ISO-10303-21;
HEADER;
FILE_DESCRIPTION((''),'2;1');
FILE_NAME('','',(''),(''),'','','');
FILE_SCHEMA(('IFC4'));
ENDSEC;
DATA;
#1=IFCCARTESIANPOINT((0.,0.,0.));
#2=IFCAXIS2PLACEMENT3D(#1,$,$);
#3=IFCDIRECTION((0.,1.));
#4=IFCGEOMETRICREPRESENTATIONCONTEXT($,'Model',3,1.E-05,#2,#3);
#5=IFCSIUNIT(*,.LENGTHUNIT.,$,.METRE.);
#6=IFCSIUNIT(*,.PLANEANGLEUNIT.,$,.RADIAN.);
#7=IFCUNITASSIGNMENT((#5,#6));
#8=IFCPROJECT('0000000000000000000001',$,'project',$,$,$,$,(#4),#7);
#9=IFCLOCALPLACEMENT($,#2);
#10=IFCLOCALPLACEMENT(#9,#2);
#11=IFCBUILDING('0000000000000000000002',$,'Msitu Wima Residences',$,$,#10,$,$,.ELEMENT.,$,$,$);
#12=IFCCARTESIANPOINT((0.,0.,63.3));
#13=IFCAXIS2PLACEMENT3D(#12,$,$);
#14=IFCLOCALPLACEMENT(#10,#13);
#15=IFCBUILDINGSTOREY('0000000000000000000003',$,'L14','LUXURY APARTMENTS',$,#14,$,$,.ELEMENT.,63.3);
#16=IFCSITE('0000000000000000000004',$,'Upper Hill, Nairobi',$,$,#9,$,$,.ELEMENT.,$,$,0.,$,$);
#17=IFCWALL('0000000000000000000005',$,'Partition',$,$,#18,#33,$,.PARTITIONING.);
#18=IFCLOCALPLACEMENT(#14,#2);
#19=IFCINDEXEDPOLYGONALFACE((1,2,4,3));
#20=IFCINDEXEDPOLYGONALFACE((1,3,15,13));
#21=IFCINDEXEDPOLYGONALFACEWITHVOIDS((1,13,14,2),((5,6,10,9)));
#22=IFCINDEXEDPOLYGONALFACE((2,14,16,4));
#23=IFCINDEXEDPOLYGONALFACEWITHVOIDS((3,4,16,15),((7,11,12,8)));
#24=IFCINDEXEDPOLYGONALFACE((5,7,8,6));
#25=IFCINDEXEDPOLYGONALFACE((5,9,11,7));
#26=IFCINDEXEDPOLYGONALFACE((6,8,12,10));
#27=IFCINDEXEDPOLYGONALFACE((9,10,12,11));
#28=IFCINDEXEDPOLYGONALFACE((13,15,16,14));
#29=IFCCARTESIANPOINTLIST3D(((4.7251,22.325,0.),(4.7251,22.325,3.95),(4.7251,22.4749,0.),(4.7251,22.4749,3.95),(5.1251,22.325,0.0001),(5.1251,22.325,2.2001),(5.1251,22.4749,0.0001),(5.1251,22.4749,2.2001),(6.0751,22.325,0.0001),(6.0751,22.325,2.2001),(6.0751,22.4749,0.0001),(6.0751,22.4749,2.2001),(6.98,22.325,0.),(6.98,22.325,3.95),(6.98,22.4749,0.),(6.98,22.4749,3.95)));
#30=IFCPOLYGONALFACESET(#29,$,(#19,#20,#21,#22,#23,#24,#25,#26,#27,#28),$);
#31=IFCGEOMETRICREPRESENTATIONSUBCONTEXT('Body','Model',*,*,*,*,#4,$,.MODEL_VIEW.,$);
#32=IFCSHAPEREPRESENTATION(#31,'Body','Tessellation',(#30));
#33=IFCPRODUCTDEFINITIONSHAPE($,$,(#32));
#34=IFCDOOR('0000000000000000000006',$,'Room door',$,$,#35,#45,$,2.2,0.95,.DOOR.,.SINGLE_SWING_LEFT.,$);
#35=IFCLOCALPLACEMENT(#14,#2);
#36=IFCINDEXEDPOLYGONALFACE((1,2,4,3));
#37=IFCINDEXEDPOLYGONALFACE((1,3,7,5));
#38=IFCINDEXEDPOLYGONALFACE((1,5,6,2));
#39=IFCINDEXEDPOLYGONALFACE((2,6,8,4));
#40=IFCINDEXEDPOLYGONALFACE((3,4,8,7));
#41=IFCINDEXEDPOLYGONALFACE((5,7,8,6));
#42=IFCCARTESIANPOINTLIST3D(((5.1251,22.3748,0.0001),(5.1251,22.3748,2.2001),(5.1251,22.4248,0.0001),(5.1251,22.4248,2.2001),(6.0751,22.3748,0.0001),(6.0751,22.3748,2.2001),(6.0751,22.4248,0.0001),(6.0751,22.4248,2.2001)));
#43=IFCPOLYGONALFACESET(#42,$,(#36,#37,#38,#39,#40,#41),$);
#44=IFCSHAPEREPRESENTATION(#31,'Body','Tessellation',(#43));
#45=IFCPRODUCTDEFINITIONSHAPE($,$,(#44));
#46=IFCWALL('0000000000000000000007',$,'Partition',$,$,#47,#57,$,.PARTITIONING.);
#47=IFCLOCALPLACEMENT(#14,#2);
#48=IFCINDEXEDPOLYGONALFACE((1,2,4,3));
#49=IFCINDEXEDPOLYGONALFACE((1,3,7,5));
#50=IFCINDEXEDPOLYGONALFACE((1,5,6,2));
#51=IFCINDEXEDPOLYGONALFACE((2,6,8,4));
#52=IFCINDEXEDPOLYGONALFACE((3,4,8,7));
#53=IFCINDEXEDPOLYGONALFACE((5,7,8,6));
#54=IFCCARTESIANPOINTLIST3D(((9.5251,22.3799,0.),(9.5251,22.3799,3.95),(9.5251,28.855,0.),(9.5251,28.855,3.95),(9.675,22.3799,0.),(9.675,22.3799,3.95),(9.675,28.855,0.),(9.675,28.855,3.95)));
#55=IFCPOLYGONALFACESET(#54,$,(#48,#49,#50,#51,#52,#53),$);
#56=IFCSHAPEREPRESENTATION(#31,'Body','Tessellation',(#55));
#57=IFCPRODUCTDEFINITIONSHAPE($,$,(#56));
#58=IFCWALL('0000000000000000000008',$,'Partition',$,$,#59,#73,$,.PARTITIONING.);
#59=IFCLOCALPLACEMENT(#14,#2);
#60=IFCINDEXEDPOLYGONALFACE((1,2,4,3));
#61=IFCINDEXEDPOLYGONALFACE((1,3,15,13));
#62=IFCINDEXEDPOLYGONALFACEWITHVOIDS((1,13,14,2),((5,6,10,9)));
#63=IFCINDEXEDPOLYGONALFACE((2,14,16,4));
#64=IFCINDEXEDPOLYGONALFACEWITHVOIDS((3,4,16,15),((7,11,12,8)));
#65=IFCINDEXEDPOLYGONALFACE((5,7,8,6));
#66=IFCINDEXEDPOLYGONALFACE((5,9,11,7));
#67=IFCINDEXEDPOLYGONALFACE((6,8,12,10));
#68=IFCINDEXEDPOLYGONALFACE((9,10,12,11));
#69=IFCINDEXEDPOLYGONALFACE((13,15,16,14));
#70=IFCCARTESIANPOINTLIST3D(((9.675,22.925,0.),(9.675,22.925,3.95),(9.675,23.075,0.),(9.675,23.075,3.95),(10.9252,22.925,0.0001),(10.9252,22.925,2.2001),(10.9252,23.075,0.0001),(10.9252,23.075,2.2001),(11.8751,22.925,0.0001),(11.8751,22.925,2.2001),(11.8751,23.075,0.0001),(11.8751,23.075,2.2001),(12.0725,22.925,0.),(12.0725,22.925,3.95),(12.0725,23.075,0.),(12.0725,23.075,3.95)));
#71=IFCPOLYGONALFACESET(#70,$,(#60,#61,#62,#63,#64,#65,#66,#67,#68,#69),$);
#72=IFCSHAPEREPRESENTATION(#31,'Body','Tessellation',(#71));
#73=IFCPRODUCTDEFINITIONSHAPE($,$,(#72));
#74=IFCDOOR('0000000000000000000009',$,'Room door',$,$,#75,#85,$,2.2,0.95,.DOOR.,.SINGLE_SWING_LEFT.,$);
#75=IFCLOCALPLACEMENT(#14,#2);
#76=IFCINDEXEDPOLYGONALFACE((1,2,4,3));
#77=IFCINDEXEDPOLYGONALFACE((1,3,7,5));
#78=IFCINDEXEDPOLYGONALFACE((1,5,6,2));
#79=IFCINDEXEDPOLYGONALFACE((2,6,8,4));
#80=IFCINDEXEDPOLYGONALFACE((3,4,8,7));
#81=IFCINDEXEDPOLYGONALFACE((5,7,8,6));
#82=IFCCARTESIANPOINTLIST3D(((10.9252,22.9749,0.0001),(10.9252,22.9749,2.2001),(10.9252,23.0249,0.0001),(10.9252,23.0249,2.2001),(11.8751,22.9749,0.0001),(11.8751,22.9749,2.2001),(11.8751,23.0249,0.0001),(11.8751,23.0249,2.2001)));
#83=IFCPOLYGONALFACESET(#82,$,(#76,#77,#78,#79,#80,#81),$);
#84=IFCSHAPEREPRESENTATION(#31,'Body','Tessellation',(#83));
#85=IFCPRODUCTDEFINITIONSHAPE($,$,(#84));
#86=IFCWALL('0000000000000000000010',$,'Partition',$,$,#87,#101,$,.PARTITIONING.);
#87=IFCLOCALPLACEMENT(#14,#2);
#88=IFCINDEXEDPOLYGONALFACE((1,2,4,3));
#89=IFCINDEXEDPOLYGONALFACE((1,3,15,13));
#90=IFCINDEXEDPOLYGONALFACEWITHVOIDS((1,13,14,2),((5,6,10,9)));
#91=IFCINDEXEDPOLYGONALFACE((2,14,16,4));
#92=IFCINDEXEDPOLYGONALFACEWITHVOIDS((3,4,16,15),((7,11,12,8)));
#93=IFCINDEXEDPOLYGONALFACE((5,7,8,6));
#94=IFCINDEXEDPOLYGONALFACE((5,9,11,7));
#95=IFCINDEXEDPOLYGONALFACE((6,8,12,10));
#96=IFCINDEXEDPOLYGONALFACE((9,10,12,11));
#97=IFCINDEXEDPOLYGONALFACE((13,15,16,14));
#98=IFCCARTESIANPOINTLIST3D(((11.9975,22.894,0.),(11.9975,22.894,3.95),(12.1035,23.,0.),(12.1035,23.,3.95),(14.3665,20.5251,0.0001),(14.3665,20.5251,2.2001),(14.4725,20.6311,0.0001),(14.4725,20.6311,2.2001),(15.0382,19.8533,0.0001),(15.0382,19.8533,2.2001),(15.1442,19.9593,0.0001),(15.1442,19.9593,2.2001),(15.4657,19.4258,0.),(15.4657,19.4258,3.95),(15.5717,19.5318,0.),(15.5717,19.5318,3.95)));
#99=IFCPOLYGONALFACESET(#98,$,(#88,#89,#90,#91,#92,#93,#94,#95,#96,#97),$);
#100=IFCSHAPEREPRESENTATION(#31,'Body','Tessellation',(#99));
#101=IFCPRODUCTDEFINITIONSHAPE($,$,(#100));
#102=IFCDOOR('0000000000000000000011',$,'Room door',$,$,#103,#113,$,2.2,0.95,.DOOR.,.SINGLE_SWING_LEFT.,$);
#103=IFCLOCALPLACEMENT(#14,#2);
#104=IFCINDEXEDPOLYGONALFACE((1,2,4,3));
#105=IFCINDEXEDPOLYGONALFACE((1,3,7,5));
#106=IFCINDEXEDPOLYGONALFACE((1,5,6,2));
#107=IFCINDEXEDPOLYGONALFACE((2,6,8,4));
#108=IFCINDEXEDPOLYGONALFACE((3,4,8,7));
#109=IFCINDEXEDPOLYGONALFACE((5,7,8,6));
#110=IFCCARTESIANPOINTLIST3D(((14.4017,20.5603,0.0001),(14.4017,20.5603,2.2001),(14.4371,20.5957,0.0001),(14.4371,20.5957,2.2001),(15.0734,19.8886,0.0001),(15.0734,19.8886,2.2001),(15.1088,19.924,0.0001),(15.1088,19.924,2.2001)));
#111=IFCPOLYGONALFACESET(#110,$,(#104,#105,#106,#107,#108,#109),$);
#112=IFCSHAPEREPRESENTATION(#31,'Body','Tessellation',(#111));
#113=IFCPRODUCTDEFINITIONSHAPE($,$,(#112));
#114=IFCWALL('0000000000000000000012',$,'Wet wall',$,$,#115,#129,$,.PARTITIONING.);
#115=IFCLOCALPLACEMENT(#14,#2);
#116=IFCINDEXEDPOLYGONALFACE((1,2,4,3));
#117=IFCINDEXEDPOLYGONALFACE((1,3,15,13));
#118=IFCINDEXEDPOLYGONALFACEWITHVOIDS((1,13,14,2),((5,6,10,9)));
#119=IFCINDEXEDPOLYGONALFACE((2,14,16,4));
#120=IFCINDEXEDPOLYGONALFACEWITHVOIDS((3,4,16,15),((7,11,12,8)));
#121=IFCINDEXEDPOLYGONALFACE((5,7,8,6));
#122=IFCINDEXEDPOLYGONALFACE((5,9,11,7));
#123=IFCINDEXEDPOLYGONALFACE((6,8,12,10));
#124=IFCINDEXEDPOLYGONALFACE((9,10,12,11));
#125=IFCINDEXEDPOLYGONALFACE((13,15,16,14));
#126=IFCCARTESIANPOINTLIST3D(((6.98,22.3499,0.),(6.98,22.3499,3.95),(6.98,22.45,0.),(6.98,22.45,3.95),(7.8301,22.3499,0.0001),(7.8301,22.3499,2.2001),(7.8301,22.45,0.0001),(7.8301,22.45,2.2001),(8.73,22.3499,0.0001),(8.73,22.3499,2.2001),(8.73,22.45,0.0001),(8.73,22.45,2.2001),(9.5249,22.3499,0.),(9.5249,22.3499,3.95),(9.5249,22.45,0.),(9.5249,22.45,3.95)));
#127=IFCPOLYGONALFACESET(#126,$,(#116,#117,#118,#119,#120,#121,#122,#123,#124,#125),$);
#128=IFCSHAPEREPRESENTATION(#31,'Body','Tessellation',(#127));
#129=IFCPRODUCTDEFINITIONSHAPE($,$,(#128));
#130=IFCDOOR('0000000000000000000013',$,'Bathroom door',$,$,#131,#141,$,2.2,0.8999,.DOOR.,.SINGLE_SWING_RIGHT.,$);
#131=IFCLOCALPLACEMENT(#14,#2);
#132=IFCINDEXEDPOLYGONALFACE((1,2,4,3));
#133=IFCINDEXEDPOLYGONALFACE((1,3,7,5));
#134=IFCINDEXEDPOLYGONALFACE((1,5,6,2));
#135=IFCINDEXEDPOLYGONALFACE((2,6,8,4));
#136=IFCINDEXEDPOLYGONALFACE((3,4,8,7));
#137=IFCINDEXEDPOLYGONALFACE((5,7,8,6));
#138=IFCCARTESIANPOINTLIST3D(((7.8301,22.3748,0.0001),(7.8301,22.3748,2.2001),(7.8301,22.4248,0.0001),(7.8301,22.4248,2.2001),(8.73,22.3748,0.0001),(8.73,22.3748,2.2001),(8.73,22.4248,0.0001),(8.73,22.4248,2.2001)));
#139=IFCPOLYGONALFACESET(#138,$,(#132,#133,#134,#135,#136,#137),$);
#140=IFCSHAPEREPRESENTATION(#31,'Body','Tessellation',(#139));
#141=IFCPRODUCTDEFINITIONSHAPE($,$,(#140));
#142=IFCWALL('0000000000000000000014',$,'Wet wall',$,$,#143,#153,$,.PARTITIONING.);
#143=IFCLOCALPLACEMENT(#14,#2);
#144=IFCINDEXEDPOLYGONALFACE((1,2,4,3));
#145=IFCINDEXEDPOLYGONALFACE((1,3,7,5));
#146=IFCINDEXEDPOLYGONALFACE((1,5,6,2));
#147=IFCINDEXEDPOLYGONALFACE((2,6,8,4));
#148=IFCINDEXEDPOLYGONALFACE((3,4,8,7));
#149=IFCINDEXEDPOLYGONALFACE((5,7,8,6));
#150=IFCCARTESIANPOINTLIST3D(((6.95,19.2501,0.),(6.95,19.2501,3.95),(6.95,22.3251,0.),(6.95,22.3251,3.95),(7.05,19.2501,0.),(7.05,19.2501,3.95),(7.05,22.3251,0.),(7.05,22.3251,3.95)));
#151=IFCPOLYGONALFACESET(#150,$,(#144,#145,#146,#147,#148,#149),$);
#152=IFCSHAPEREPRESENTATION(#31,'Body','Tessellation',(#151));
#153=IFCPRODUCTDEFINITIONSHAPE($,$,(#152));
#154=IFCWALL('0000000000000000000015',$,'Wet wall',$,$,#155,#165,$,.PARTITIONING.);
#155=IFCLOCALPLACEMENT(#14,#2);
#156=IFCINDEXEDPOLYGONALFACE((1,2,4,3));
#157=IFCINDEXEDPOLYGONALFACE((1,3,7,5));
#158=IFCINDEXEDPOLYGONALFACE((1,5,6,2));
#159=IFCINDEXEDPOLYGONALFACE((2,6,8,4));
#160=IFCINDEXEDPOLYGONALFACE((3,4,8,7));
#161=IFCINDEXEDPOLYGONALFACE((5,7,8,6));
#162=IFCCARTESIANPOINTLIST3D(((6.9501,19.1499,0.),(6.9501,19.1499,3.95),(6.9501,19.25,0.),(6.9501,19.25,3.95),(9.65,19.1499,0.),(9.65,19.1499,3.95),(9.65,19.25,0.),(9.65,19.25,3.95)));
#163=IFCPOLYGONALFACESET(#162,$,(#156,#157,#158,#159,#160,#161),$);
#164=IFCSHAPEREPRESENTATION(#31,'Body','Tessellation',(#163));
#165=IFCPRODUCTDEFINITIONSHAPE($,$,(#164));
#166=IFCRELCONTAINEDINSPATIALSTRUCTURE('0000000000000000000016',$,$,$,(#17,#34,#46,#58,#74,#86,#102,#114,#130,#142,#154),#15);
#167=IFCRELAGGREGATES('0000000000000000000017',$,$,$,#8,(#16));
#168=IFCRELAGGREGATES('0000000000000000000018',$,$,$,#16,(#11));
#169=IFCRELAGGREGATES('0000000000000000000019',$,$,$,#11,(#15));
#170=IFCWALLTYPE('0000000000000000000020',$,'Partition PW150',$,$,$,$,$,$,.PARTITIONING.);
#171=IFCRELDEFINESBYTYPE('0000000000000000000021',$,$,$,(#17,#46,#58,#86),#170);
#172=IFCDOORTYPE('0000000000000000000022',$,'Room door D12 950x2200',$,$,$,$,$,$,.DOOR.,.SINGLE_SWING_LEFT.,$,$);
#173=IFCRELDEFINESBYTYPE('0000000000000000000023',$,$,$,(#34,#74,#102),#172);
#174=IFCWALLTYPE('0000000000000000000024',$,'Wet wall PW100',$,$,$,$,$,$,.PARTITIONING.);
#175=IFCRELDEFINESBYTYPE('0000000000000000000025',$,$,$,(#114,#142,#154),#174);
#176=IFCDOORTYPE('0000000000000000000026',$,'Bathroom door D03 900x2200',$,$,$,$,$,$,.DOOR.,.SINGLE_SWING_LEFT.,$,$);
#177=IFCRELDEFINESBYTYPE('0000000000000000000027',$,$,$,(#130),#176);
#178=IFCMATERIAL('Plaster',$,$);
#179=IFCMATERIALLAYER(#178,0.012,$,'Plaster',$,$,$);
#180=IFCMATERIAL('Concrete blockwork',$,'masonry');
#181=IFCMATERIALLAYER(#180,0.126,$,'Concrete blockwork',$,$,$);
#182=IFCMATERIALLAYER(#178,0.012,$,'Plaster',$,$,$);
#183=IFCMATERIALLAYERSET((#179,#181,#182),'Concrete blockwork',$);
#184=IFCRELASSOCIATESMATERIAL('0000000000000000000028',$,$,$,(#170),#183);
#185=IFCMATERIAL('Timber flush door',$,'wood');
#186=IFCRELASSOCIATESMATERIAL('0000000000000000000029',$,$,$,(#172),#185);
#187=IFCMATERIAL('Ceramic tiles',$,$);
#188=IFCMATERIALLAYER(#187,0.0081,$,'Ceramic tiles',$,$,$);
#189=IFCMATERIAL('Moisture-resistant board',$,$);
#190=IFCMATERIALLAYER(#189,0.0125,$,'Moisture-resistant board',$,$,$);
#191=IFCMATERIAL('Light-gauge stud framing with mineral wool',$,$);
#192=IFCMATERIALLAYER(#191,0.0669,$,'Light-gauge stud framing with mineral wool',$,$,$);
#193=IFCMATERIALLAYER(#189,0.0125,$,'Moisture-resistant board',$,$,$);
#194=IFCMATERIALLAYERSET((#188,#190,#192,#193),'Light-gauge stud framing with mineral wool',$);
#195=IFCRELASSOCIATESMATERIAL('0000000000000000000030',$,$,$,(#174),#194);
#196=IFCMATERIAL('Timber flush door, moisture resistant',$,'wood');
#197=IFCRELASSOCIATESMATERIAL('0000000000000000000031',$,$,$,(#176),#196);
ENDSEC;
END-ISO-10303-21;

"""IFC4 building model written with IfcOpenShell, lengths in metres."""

from ifc_helpers import new_model, si_unit, direction, frame, frame_2d, origin, place, context, subcontext, project, spatial, rectangle, extrude, material, layer, layer_set, type_object, element, fill, save


model = new_model("IFC4")

# Units and contexts
model_context = context("Model", 3, precision=1e-05, world=origin(), true_north=direction((0.0, 1.0)))
body_context = subcontext(model_context, "Body", "Model", "MODEL_VIEW")
ifc_project = project(units=[si_unit("LENGTHUNIT", "METRE"), si_unit("PLANEANGLEUNIT", "RADIAN")], contexts=[model_context])

# Site, building, storey
site_placement = place(None, origin())
site = spatial("IfcSite", under=ifc_project, at=site_placement, Name="Upper Hill, Nairobi", CompositionType="ELEMENT", RefElevation=0.0)
building_placement = place(site_placement, origin())
building = spatial("IfcBuilding", under=site, at=building_placement, Name="Msitu Wima Residences", CompositionType="ELEMENT")
storey_placement = place(building_placement, frame((0.0, 0.0, 63.3)))
storey = spatial("IfcBuildingStorey", under=building, at=storey_placement, Name="L14", Description="LUXURY APARTMENTS", CompositionType="ELEMENT", Elevation=63.3)

# Shared definitions
ifc_material_1 = material(Name="Plaster")
ifc_layer_1 = layer(ifc_material_1, 0.012, Name="Plaster")
ifc_material_2 = material(Name="Concrete blockwork", Category="masonry")
ifc_layer_2 = layer(ifc_material_2, 0.126, Name="Concrete blockwork")
ifc_layer_3 = layer(ifc_material_1, 0.012, Name="Plaster")
ifc_layer_set_1 = layer_set([ifc_layer_1, ifc_layer_2, ifc_layer_3], Name="Concrete blockwork")
wall_type_1 = type_object("IfcWallType", Name="Partition PW150", PredefinedType="PARTITIONING", material=ifc_layer_set_1)

# Wall, opening, door
wall_1_placement = place(storey_placement, frame((4.7251, 22.3999, 0.0), z_axis=(0.0, 0.0, 1.0), x_axis=(1.0, 0.0, 0.0)))
wall_1 = element("IfcWall", 1, at=wall_1_placement, inside=storey, type_object=wall_type_1, Name="Partition", PredefinedType="PARTITIONING", context=body_context, shape_type="SweptSolid", body=[
    extrude(rectangle(XDim=2.2549, YDim=0.1499, at=frame_2d((1.1274, 0.0))), origin(), (0.0, 0.0, 1.0), 3.95),
])
opening_1_placement = place(wall_1_placement, frame((0.3999, 0.0, 0.0)))
opening_1 = element("IfcOpeningElement", 2, at=opening_1_placement, cuts=wall_1, PredefinedType="OPENING", context=body_context, shape_type="SweptSolid", body=[
    extrude(rectangle(XDim=0.95, YDim=2.2, at=frame_2d((0.4751, 1.1001))), frame((0.0, 0.085, 0.0), z_axis=(0.0, -1.0, 0.0), x_axis=(1.0, 0.0, 0.0)), (0.0, 0.0, 1.0), 0.1699),
])
ifc_material_3 = material(Name="Timber flush door", Category="wood")
door_type_1 = type_object("IfcDoorType", Name="Room door D12 950x2200", OperationType="SINGLE_SWING_LEFT", PredefinedType="DOOR", material=ifc_material_3)
door_1_placement = place(opening_1_placement, origin())
door_1 = element("IfcDoor", 3, at=door_1_placement, inside=storey, type_object=door_type_1, Name="Room door", OperationType="SINGLE_SWING_LEFT", OverallHeight=2.2, OverallWidth=0.95, PredefinedType="DOOR", context=body_context, shape_type="SweptSolid", body=[
    extrude(rectangle(XDim=0.95, YDim=2.2, at=frame_2d((0.4751, 1.1001))), frame((0.0, 0.0249, 0.0), z_axis=(0.0, -1.0, 0.0), x_axis=(1.0, 0.0, 0.0)), (0.0, 0.0, 1.0), 0.05),
])
fill(opening_1, door_1)

# Wall
wall_2_placement = place(storey_placement, frame((9.6001, 22.3799, 0.0), z_axis=(0.0, 0.0, 1.0), x_axis=(0.0, 1.0, 0.0)))
element("IfcWall", 4, at=wall_2_placement, inside=storey, type_object=wall_type_1, Name="Partition", PredefinedType="PARTITIONING", context=body_context, shape_type="SweptSolid", body=[
    extrude(rectangle(XDim=6.4751, YDim=0.1499, at=frame_2d((3.2375, 0.0))), origin(), (0.0, 0.0, 1.0), 3.95),
])

# Walls, openings, doors
wall_3_placement = place(storey_placement, frame((9.675, 23.0, 0.0), z_axis=(0.0, 0.0, 1.0), x_axis=(1.0, 0.0, 0.0)))
wall_3 = element("IfcWall", 5, at=wall_3_placement, inside=storey, type_object=wall_type_1, Name="Partition", PredefinedType="PARTITIONING", context=body_context, shape_type="SweptSolid", body=[
    extrude(rectangle(XDim=2.3975, YDim=0.1499, at=frame_2d((1.1987, 0.0))), origin(), (0.0, 0.0, 1.0), 3.95),
])
opening_2_placement = place(wall_3_placement, frame((1.25, 0.0, 0.0)))
opening_2 = element("IfcOpeningElement", 6, at=opening_2_placement, cuts=wall_3, PredefinedType="OPENING", context=body_context, shape_type="SweptSolid", body=[
    extrude(rectangle(XDim=0.95, YDim=2.2, at=frame_2d((0.4751, 1.1001))), frame((0.0, 0.085, 0.0), z_axis=(0.0, -1.0, 0.0), x_axis=(1.0, 0.0, 0.0)), (0.0, 0.0, 1.0), 0.1699),
])
door_2_placement = place(opening_2_placement, origin())
door_2 = element("IfcDoor", 7, at=door_2_placement, inside=storey, type_object=door_type_1, Name="Room door", OperationType="SINGLE_SWING_LEFT", OverallHeight=2.2, OverallWidth=0.95, PredefinedType="DOOR", context=body_context, shape_type="SweptSolid", body=[
    extrude(rectangle(XDim=0.95, YDim=2.2, at=frame_2d((0.4751, 1.1001))), frame((0.0, 0.0249, 0.0), z_axis=(0.0, -1.0, 0.0), x_axis=(1.0, 0.0, 0.0)), (0.0, 0.0, 1.0), 0.05),
])
fill(opening_2, door_2)
wall_4_placement = place(storey_placement, frame((12.0505, 22.947, 0.0), z_axis=(0.0, 0.0, 1.0), x_axis=(0.707107, -0.707107, 0.0)))
wall_4 = element("IfcWall", 8, at=wall_4_placement, inside=storey, type_object=wall_type_1, Name="Partition", PredefinedType="PARTITIONING", context=body_context, shape_type="SweptSolid", body=[
    extrude(rectangle(XDim=4.9048, YDim=0.1499, at=frame_2d((2.4524, 0.0))), origin(), (0.0, 0.0, 1.0), 3.95),
])
opening_3_placement = place(wall_4_placement, frame((3.3501, 0.0, 0.0)))
opening_3 = element("IfcOpeningElement", 9, at=opening_3_placement, cuts=wall_4, PredefinedType="OPENING", context=body_context, shape_type="SweptSolid", body=[
    extrude(rectangle(XDim=0.95, YDim=2.2, at=frame_2d((0.4751, 1.1001))), frame((0.0, 0.085, 0.0), z_axis=(0.0, -1.0, 0.0), x_axis=(1.0, 0.0, 0.0)), (0.0, 0.0, 1.0), 0.1699),
])
door_3_placement = place(opening_3_placement, origin())
door_3 = element("IfcDoor", 10, at=door_3_placement, inside=storey, type_object=door_type_1, Name="Room door", OperationType="SINGLE_SWING_LEFT", OverallHeight=2.2, OverallWidth=0.95, PredefinedType="DOOR", context=body_context, shape_type="SweptSolid", body=[
    extrude(rectangle(XDim=0.95, YDim=2.2, at=frame_2d((0.4751, 1.1001))), frame((0.0, 0.0249, 0.0), z_axis=(0.0, -1.0, 0.0), x_axis=(1.0, 0.0, 0.0)), (0.0, 0.0, 1.0), 0.05),
])
fill(opening_3, door_3)
ifc_material_4 = material(Name="Ceramic tiles")
ifc_layer_4 = layer(ifc_material_4, 0.0081, Name="Ceramic tiles")
ifc_material_5 = material(Name="Moisture-resistant board")
ifc_layer_5 = layer(ifc_material_5, 0.0125, Name="Moisture-resistant board")
ifc_material_6 = material(Name="Light-gauge stud framing with mineral wool")
ifc_layer_6 = layer(ifc_material_6, 0.0669, Name="Light-gauge stud framing with mineral wool")
ifc_layer_7 = layer(ifc_material_5, 0.0125, Name="Moisture-resistant board")
ifc_layer_set_2 = layer_set([ifc_layer_4, ifc_layer_5, ifc_layer_6, ifc_layer_7], Name="Light-gauge stud framing with mineral wool")
wall_type_2 = type_object("IfcWallType", Name="Wet wall PW100", PredefinedType="PARTITIONING", material=ifc_layer_set_2)
wall_5_placement = place(storey_placement, frame((6.98, 22.3999, 0.0), z_axis=(0.0, 0.0, 1.0), x_axis=(1.0, 0.0, 0.0)))
wall_5 = element("IfcWall", 11, at=wall_5_placement, inside=storey, type_object=wall_type_2, Name="Wet wall", PredefinedType="PARTITIONING", context=body_context, shape_type="SweptSolid", body=[
    extrude(rectangle(XDim=2.5449, YDim=0.1001, at=frame_2d((1.2725, 0.0))), origin(), (0.0, 0.0, 1.0), 3.95),
])
opening_4_placement = place(wall_5_placement, frame((0.8501, 0.0, 0.0)))
opening_4 = element("IfcOpeningElement", 12, at=opening_4_placement, cuts=wall_5, PredefinedType="OPENING", context=body_context, shape_type="SweptSolid", body=[
    extrude(rectangle(XDim=0.8999, YDim=2.2, at=frame_2d((0.45, 1.1001))), frame((0.0, 0.0601, 0.0), z_axis=(0.0, -1.0, 0.0), x_axis=(1.0, 0.0, 0.0)), (0.0, 0.0, 1.0), 0.1201),
])
ifc_material_7 = material(Name="Timber flush door, moisture resistant", Category="wood")
door_type_2 = type_object("IfcDoorType", Name="Bathroom door D03 900x2200", OperationType="SINGLE_SWING_LEFT", PredefinedType="DOOR", material=ifc_material_7)
door_4_placement = place(opening_4_placement, origin())
door_4 = element("IfcDoor", 13, at=door_4_placement, inside=storey, type_object=door_type_2, Name="Bathroom door", OperationType="SINGLE_SWING_RIGHT", OverallHeight=2.2, OverallWidth=0.8999, PredefinedType="DOOR", context=body_context, shape_type="SweptSolid", body=[
    extrude(rectangle(XDim=0.8999, YDim=2.2, at=frame_2d((0.45, 1.1001))), frame((0.0, 0.0249, 0.0), z_axis=(0.0, -1.0, 0.0), x_axis=(1.0, 0.0, 0.0)), (0.0, 0.0, 1.0), 0.05),
])
fill(opening_4, door_4)

# Walls
wall_6_placement = place(storey_placement, frame((7.0, 19.25, 0.0), z_axis=(0.0, 0.0, 1.0), x_axis=(0.0, 1.0, 0.0)))
element("IfcWall", 14, at=wall_6_placement, inside=storey, type_object=wall_type_2, Name="Wet wall", PredefinedType="PARTITIONING", context=body_context, shape_type="SweptSolid", body=[
    extrude(rectangle(XDim=3.075, YDim=0.1001, at=frame_2d((1.5376, 0.0))), origin(), (0.0, 0.0, 1.0), 3.95),
])
wall_7_placement = place(storey_placement, frame((6.95, 19.2, 0.0), z_axis=(0.0, 0.0, 1.0), x_axis=(1.0, 0.0, 0.0)))
element("IfcWall", 15, at=wall_7_placement, inside=storey, type_object=wall_type_2, Name="Wet wall", PredefinedType="PARTITIONING", context=body_context, shape_type="SweptSolid", body=[
    extrude(rectangle(XDim=2.7, YDim=0.1001, at=frame_2d((1.3501, 0.0))), origin(), (0.0, 0.0, 1.0), 3.95),
])

save(model, "model.ifc")
